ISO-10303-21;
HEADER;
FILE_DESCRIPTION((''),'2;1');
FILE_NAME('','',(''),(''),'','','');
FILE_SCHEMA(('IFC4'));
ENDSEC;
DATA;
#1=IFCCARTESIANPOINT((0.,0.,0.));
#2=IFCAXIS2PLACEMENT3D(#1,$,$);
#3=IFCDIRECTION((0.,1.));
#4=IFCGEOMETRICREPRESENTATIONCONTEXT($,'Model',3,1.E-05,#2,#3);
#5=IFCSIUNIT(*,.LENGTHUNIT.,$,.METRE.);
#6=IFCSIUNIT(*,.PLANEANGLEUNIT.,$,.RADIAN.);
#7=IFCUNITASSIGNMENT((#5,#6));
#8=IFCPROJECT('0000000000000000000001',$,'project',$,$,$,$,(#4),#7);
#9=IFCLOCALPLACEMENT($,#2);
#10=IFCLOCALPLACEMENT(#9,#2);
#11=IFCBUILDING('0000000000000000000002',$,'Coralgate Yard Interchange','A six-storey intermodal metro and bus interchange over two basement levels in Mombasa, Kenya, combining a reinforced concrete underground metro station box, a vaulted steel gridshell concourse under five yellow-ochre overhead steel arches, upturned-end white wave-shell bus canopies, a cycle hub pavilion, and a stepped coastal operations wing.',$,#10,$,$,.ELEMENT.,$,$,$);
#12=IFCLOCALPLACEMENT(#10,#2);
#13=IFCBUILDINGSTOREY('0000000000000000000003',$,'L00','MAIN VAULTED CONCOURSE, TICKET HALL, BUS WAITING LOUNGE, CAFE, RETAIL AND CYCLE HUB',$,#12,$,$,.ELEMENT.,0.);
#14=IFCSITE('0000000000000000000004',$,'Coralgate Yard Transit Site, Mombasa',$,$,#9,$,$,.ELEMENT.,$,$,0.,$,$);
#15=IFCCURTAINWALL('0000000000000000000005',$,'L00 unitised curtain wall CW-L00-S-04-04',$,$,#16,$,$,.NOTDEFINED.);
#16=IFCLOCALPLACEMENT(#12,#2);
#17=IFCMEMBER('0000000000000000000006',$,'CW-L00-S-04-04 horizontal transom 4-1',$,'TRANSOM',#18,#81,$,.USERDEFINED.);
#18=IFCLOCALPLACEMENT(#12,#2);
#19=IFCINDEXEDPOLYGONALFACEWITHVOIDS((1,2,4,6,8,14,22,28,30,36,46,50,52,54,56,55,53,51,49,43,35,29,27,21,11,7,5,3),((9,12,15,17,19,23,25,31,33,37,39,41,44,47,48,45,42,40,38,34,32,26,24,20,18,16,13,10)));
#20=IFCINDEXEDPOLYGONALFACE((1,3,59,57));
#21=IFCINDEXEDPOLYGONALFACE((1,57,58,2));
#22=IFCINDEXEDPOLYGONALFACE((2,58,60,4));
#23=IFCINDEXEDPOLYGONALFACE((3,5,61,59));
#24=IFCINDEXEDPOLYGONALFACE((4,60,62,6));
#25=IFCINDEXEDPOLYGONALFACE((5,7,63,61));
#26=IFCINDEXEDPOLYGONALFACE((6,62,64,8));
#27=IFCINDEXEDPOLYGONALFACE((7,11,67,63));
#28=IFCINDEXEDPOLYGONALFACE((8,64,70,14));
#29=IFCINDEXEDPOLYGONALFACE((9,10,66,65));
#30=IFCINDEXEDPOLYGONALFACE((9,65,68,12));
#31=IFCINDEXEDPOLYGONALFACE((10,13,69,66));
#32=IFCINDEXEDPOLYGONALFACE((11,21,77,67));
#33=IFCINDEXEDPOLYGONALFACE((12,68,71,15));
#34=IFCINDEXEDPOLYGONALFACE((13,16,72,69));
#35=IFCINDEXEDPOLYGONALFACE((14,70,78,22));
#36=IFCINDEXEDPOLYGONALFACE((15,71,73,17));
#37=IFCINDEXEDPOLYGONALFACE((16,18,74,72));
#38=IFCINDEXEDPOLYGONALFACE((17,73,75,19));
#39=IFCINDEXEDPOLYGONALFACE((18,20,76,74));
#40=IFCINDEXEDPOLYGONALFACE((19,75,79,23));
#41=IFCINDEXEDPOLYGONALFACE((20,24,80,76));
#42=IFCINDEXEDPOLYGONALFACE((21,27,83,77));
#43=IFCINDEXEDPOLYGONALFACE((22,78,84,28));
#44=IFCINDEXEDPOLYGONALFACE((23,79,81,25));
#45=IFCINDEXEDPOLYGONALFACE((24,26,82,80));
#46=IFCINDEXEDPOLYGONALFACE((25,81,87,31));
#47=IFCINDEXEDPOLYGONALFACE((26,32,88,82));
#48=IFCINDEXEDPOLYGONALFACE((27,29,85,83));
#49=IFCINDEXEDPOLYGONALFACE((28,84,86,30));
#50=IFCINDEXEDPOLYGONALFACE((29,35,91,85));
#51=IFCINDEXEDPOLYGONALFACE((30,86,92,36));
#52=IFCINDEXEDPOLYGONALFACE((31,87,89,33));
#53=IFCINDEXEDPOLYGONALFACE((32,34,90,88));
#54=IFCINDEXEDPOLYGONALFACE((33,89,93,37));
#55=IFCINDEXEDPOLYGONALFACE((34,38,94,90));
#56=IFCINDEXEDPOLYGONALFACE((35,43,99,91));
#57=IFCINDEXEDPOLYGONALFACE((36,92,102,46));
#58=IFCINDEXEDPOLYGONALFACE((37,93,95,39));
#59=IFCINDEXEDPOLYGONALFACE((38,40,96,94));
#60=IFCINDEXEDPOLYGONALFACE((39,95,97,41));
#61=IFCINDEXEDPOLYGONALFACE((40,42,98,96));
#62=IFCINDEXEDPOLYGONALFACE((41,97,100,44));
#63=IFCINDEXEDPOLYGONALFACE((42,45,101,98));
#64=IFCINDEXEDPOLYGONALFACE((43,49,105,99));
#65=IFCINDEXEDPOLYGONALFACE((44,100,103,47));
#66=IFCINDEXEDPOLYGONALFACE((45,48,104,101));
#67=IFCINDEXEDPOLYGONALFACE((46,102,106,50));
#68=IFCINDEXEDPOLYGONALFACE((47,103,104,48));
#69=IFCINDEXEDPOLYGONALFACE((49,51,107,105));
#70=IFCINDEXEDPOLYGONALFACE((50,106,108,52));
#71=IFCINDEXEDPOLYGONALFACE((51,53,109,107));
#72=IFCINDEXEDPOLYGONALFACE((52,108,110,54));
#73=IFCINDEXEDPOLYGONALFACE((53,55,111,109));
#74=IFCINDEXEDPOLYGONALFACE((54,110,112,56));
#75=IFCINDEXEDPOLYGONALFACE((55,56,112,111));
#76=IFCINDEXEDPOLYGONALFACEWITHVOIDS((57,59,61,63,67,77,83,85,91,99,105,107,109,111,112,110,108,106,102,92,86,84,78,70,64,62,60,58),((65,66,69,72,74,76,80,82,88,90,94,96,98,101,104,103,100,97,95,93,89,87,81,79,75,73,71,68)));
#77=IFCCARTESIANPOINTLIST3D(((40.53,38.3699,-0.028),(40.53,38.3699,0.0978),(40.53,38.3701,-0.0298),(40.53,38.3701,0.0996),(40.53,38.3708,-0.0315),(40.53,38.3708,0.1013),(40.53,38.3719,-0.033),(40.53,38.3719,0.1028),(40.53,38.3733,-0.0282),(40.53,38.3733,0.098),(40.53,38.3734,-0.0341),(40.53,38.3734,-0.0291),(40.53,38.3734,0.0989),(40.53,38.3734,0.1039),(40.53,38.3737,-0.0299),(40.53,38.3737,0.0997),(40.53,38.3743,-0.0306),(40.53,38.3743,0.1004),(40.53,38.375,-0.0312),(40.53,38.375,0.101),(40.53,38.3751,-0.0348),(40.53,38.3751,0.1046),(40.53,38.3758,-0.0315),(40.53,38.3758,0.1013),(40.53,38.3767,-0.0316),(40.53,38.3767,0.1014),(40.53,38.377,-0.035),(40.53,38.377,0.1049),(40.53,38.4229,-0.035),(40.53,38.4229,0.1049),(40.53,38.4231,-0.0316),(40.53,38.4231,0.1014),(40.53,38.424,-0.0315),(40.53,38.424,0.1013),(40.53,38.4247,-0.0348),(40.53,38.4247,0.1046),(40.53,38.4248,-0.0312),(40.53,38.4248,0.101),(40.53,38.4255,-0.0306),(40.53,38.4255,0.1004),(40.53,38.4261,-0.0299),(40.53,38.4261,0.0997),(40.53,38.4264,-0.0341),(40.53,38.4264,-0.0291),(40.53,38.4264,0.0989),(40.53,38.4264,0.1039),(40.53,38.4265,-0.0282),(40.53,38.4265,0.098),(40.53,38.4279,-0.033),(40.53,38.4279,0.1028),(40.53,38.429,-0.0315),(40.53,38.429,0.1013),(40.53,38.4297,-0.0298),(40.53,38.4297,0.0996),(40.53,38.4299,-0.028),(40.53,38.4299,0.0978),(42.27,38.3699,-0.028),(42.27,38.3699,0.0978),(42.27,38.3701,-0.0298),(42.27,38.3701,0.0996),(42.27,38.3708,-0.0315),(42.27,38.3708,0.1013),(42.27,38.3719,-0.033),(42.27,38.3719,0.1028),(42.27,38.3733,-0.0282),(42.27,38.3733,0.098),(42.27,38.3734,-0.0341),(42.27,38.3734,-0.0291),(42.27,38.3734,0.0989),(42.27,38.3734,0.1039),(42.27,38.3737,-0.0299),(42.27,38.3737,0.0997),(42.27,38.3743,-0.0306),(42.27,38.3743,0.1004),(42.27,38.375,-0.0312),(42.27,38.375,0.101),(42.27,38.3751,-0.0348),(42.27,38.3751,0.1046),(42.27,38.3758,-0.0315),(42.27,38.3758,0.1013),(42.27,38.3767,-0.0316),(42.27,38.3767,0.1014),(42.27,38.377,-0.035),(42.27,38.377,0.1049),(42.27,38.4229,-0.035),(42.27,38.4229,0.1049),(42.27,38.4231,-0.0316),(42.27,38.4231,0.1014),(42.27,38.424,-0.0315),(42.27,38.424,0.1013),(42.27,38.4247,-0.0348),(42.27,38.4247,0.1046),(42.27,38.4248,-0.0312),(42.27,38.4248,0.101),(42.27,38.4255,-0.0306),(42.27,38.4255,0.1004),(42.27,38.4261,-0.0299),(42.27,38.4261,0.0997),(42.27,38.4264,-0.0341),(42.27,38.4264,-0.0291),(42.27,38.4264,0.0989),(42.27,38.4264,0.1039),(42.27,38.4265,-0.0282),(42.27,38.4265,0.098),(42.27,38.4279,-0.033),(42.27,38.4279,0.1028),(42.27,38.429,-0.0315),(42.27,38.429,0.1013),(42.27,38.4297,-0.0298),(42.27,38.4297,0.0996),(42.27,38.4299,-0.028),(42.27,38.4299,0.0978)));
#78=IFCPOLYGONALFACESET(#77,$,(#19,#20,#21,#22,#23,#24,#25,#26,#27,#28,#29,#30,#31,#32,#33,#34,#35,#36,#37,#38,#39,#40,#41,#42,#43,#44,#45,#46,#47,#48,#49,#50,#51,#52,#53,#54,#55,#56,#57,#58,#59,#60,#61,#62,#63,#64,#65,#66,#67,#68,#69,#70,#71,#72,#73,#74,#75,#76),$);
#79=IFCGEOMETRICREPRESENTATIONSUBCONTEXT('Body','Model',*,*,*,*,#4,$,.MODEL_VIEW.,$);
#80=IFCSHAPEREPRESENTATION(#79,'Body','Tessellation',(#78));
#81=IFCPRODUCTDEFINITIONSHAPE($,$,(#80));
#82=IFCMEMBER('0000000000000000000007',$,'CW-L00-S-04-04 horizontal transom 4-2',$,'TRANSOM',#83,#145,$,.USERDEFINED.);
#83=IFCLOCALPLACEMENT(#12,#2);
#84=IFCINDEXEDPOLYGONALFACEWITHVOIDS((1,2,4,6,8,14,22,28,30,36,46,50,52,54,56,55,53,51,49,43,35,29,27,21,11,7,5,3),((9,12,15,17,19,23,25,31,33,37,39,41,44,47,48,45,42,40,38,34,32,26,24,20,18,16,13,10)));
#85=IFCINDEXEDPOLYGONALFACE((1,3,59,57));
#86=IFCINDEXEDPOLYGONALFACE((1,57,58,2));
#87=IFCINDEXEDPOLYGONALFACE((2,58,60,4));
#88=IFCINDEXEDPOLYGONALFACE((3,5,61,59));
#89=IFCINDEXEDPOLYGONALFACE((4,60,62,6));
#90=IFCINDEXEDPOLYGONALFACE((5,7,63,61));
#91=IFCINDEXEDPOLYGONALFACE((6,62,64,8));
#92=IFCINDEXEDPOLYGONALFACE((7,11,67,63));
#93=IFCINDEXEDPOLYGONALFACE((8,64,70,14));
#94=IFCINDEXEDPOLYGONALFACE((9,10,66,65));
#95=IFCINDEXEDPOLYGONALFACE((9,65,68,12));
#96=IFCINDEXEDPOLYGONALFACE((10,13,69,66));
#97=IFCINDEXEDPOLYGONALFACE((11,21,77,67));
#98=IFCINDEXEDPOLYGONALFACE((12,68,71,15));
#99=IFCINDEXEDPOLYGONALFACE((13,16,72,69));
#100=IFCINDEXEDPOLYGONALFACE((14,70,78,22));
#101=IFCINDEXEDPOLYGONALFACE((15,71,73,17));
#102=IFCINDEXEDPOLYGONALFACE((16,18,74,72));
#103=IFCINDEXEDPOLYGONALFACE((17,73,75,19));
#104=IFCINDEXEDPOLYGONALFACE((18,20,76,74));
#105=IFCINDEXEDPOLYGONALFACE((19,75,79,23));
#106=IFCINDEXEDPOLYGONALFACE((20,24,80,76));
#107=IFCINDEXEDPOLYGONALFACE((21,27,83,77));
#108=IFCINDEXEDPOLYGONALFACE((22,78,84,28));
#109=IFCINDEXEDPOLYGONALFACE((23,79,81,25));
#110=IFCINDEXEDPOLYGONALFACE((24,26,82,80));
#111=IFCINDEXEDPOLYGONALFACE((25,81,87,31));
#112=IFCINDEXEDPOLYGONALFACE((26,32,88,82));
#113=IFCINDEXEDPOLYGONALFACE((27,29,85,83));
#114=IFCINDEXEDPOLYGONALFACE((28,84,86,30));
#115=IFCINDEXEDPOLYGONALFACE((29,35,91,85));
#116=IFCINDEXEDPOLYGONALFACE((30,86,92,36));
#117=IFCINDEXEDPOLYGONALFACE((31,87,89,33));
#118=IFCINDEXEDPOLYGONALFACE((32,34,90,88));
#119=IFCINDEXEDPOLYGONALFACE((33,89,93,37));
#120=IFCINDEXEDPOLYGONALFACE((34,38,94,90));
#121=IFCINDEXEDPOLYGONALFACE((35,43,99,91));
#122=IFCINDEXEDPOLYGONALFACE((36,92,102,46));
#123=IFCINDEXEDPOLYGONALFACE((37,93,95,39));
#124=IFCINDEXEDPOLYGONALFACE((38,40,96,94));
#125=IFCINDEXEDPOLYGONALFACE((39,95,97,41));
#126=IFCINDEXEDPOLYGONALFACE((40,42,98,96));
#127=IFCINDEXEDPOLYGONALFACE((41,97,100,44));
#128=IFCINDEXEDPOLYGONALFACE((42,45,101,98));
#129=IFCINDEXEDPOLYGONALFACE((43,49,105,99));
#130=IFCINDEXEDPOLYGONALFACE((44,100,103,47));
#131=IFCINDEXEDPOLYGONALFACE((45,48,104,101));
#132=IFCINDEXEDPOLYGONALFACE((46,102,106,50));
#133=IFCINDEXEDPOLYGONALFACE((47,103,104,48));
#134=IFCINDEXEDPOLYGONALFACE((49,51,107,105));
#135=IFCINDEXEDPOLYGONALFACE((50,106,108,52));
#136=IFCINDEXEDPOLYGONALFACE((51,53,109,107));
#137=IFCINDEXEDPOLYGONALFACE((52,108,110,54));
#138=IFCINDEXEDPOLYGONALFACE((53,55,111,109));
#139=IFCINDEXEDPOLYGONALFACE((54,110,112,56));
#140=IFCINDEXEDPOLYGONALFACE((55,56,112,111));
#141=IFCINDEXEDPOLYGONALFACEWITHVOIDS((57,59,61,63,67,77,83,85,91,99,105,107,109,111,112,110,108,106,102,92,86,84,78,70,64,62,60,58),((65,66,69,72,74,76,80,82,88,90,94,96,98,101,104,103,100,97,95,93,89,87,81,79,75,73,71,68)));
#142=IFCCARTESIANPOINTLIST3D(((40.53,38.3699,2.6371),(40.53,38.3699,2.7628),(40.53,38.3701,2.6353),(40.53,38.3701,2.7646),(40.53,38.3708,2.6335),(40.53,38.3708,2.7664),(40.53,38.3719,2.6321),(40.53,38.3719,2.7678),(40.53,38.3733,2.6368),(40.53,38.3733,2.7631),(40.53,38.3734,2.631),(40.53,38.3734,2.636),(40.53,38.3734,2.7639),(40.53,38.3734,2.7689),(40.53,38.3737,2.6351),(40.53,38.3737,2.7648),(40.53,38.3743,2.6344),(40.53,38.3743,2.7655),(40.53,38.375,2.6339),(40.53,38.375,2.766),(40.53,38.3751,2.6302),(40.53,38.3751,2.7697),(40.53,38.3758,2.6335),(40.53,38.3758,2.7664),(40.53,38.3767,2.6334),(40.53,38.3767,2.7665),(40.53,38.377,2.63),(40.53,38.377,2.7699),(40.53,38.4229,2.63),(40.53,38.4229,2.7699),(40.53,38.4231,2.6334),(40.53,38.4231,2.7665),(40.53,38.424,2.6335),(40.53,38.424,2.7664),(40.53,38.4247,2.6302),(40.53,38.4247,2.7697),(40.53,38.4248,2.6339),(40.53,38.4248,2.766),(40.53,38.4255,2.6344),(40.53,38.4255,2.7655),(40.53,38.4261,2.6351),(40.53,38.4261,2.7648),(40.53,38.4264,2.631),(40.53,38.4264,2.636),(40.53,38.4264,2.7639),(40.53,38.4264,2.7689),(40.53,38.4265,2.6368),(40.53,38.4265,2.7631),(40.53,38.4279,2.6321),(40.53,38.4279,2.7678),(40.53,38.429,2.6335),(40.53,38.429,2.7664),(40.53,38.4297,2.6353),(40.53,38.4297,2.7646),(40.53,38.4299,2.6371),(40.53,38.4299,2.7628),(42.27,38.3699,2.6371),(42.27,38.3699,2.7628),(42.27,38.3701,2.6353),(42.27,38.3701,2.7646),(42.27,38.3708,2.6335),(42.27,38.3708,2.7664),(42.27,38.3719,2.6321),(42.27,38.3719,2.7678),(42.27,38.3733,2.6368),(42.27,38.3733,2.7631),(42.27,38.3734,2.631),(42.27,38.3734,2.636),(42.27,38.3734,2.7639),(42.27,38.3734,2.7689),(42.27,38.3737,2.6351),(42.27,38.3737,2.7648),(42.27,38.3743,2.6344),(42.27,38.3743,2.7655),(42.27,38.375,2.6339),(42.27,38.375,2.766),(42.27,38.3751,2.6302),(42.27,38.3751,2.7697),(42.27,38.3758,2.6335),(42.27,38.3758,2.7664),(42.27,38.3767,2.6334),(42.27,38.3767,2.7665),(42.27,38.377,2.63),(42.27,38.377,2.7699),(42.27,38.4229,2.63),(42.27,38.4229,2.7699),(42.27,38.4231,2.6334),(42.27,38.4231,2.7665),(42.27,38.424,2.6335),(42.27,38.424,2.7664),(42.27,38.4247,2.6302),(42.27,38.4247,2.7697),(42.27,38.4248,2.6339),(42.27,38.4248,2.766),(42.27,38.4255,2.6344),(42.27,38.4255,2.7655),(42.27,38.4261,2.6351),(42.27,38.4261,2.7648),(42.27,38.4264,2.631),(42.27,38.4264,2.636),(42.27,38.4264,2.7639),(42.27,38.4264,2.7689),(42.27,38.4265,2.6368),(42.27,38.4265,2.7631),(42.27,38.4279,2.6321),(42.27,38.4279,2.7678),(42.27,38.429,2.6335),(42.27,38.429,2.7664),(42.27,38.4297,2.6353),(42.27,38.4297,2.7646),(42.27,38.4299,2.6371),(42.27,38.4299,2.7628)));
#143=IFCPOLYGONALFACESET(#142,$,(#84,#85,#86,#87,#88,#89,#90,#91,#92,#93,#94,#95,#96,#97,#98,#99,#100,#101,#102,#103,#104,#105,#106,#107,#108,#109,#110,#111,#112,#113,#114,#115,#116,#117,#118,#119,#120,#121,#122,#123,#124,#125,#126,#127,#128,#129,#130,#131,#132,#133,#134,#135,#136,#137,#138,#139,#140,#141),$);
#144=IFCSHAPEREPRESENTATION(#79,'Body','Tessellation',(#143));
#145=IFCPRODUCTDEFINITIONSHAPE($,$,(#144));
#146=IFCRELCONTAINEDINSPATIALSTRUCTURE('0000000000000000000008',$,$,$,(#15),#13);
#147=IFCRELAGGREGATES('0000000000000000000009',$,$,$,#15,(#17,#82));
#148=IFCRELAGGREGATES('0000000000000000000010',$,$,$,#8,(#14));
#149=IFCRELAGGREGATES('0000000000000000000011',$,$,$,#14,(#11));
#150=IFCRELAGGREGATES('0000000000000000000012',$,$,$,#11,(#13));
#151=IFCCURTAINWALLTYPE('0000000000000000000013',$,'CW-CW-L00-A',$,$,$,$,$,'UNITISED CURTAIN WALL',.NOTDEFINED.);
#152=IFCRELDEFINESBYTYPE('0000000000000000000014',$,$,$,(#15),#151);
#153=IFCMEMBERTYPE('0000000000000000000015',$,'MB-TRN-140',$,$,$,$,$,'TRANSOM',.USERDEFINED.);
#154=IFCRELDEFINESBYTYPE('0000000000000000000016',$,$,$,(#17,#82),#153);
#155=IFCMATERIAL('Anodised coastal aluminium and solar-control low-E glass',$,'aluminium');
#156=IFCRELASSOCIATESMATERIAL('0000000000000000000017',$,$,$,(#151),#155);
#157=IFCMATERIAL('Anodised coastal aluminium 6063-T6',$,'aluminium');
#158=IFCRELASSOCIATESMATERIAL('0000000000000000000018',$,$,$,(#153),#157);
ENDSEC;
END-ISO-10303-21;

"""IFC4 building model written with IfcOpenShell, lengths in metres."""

from ifc_helpers import new_model, si_unit, direction, frame, origin, origin_2d, place, context, subcontext, project, spatial, hollow_rectangle, extrude, material, material_profile, profile_set, type_object, element, aggregate, save


model = new_model("IFC4")

# Units and contexts
model_context = context("Model", 3, precision=1e-05, world=origin(), true_north=direction((0.0, 1.0)))
body_context = subcontext(model_context, "Body", "Model", "MODEL_VIEW")
ifc_project = project(units=[si_unit("LENGTHUNIT", "METRE"), si_unit("PLANEANGLEUNIT", "RADIAN")], contexts=[model_context])

# Site, building, storey
site_placement = place(None, origin())
site = spatial("IfcSite", under=ifc_project, at=site_placement, Name="Coralgate Yard Transit Site, Mombasa", CompositionType="ELEMENT", RefElevation=0.0)
building_placement = place(site_placement, origin())
building = spatial("IfcBuilding", under=site, at=building_placement, Name="Coralgate Yard Interchange", Description="A six-storey intermodal metro and bus interchange over two basement levels in Mombasa, Kenya, combining a reinforced concrete underground metro station box, a vaulted steel gridshell concourse under five yellow-ochre overhead steel arches, upturned-end white wave-shell bus canopies, a cycle hub pavilion, and a stepped coastal operations wing.", CompositionType="ELEMENT")
storey_placement = place(building_placement, origin())
storey = spatial("IfcBuildingStorey", under=building, at=storey_placement, Name="L00", Description="MAIN VAULTED CONCOURSE, TICKET HALL, BUS WAITING LOUNGE, CAFE, RETAIL AND CYCLE HUB", CompositionType="ELEMENT", Elevation=0.0)

# Curtain wall, members
ifc_material_1 = material(Name="Anodised coastal aluminium and solar-control low-E glass", Category="aluminium")
curtain_wall_type = type_object("IfcCurtainWallType", Name="CW-CW-L00-A", ElementType="UNITISED CURTAIN WALL", PredefinedType="NOTDEFINED", material=ifc_material_1)
curtain_wall_placement = place(storey_placement, origin())
curtain_wall = element("IfcCurtainWall", 1, at=curtain_wall_placement, inside=storey, type_object=curtain_wall_type, Name="L00 unitised curtain wall CW-L00-S-04-04", PredefinedType="NOTDEFINED")
ifc_material_2 = material(Name="Anodised coastal aluminium 6063-T6", Category="aluminium")
ifc_material_profile_1 = material_profile(ifc_material_2, hollow_rectangle(XDim=0.0601, YDim=0.1399, WallThickness=0.0034, InnerFilletRadius=0.0034, OuterFilletRadius=0.0071, at=origin_2d()), Name="ALU 60x140x3.5")
ifc_profile_set_1 = profile_set([ifc_material_profile_1], Name="Anodised coastal aluminium 6063-T6")
member_type_1 = type_object("IfcMemberType", Name="MB-TRN-140", ElementType="TRANSOM", PredefinedType="USERDEFINED", material=ifc_profile_set_1)
member_1_placement = place(storey_placement, frame((42.27, 38.3999, 0.0349), z_axis=(-1.0, 0.0, 0.0), x_axis=(0.0, -1.0, 0.0)))
member_1 = element("IfcMember", 2, at=member_1_placement, type_object=member_type_1, Name="CW-L00-S-04-04 horizontal transom 4-1", ObjectType="TRANSOM", PredefinedType="USERDEFINED", context=body_context, shape_type="SweptSolid", body=[
    extrude(hollow_rectangle(XDim=0.0601, YDim=0.1399, WallThickness=0.0034, InnerFilletRadius=0.0034, OuterFilletRadius=0.0071, at=origin_2d()), origin(), (0.0, 0.0, 1.0), 1.74),
])
member_2_placement = place(storey_placement, frame((42.27, 38.3999, 2.7), z_axis=(-1.0, 0.0, 0.0), x_axis=(0.0, -1.0, 0.0)))
member_2 = element("IfcMember", 3, at=member_2_placement, type_object=member_type_1, Name="CW-L00-S-04-04 horizontal transom 4-2", ObjectType="TRANSOM", PredefinedType="USERDEFINED", context=body_context, shape_type="SweptSolid", body=[
    extrude(hollow_rectangle(XDim=0.0601, YDim=0.1399, WallThickness=0.0034, InnerFilletRadius=0.0034, OuterFilletRadius=0.0071, at=origin_2d()), origin(), (0.0, 0.0, 1.0), 1.74),
])
aggregate(curtain_wall, [member_1, member_2])

save(model, "model.ifc")
